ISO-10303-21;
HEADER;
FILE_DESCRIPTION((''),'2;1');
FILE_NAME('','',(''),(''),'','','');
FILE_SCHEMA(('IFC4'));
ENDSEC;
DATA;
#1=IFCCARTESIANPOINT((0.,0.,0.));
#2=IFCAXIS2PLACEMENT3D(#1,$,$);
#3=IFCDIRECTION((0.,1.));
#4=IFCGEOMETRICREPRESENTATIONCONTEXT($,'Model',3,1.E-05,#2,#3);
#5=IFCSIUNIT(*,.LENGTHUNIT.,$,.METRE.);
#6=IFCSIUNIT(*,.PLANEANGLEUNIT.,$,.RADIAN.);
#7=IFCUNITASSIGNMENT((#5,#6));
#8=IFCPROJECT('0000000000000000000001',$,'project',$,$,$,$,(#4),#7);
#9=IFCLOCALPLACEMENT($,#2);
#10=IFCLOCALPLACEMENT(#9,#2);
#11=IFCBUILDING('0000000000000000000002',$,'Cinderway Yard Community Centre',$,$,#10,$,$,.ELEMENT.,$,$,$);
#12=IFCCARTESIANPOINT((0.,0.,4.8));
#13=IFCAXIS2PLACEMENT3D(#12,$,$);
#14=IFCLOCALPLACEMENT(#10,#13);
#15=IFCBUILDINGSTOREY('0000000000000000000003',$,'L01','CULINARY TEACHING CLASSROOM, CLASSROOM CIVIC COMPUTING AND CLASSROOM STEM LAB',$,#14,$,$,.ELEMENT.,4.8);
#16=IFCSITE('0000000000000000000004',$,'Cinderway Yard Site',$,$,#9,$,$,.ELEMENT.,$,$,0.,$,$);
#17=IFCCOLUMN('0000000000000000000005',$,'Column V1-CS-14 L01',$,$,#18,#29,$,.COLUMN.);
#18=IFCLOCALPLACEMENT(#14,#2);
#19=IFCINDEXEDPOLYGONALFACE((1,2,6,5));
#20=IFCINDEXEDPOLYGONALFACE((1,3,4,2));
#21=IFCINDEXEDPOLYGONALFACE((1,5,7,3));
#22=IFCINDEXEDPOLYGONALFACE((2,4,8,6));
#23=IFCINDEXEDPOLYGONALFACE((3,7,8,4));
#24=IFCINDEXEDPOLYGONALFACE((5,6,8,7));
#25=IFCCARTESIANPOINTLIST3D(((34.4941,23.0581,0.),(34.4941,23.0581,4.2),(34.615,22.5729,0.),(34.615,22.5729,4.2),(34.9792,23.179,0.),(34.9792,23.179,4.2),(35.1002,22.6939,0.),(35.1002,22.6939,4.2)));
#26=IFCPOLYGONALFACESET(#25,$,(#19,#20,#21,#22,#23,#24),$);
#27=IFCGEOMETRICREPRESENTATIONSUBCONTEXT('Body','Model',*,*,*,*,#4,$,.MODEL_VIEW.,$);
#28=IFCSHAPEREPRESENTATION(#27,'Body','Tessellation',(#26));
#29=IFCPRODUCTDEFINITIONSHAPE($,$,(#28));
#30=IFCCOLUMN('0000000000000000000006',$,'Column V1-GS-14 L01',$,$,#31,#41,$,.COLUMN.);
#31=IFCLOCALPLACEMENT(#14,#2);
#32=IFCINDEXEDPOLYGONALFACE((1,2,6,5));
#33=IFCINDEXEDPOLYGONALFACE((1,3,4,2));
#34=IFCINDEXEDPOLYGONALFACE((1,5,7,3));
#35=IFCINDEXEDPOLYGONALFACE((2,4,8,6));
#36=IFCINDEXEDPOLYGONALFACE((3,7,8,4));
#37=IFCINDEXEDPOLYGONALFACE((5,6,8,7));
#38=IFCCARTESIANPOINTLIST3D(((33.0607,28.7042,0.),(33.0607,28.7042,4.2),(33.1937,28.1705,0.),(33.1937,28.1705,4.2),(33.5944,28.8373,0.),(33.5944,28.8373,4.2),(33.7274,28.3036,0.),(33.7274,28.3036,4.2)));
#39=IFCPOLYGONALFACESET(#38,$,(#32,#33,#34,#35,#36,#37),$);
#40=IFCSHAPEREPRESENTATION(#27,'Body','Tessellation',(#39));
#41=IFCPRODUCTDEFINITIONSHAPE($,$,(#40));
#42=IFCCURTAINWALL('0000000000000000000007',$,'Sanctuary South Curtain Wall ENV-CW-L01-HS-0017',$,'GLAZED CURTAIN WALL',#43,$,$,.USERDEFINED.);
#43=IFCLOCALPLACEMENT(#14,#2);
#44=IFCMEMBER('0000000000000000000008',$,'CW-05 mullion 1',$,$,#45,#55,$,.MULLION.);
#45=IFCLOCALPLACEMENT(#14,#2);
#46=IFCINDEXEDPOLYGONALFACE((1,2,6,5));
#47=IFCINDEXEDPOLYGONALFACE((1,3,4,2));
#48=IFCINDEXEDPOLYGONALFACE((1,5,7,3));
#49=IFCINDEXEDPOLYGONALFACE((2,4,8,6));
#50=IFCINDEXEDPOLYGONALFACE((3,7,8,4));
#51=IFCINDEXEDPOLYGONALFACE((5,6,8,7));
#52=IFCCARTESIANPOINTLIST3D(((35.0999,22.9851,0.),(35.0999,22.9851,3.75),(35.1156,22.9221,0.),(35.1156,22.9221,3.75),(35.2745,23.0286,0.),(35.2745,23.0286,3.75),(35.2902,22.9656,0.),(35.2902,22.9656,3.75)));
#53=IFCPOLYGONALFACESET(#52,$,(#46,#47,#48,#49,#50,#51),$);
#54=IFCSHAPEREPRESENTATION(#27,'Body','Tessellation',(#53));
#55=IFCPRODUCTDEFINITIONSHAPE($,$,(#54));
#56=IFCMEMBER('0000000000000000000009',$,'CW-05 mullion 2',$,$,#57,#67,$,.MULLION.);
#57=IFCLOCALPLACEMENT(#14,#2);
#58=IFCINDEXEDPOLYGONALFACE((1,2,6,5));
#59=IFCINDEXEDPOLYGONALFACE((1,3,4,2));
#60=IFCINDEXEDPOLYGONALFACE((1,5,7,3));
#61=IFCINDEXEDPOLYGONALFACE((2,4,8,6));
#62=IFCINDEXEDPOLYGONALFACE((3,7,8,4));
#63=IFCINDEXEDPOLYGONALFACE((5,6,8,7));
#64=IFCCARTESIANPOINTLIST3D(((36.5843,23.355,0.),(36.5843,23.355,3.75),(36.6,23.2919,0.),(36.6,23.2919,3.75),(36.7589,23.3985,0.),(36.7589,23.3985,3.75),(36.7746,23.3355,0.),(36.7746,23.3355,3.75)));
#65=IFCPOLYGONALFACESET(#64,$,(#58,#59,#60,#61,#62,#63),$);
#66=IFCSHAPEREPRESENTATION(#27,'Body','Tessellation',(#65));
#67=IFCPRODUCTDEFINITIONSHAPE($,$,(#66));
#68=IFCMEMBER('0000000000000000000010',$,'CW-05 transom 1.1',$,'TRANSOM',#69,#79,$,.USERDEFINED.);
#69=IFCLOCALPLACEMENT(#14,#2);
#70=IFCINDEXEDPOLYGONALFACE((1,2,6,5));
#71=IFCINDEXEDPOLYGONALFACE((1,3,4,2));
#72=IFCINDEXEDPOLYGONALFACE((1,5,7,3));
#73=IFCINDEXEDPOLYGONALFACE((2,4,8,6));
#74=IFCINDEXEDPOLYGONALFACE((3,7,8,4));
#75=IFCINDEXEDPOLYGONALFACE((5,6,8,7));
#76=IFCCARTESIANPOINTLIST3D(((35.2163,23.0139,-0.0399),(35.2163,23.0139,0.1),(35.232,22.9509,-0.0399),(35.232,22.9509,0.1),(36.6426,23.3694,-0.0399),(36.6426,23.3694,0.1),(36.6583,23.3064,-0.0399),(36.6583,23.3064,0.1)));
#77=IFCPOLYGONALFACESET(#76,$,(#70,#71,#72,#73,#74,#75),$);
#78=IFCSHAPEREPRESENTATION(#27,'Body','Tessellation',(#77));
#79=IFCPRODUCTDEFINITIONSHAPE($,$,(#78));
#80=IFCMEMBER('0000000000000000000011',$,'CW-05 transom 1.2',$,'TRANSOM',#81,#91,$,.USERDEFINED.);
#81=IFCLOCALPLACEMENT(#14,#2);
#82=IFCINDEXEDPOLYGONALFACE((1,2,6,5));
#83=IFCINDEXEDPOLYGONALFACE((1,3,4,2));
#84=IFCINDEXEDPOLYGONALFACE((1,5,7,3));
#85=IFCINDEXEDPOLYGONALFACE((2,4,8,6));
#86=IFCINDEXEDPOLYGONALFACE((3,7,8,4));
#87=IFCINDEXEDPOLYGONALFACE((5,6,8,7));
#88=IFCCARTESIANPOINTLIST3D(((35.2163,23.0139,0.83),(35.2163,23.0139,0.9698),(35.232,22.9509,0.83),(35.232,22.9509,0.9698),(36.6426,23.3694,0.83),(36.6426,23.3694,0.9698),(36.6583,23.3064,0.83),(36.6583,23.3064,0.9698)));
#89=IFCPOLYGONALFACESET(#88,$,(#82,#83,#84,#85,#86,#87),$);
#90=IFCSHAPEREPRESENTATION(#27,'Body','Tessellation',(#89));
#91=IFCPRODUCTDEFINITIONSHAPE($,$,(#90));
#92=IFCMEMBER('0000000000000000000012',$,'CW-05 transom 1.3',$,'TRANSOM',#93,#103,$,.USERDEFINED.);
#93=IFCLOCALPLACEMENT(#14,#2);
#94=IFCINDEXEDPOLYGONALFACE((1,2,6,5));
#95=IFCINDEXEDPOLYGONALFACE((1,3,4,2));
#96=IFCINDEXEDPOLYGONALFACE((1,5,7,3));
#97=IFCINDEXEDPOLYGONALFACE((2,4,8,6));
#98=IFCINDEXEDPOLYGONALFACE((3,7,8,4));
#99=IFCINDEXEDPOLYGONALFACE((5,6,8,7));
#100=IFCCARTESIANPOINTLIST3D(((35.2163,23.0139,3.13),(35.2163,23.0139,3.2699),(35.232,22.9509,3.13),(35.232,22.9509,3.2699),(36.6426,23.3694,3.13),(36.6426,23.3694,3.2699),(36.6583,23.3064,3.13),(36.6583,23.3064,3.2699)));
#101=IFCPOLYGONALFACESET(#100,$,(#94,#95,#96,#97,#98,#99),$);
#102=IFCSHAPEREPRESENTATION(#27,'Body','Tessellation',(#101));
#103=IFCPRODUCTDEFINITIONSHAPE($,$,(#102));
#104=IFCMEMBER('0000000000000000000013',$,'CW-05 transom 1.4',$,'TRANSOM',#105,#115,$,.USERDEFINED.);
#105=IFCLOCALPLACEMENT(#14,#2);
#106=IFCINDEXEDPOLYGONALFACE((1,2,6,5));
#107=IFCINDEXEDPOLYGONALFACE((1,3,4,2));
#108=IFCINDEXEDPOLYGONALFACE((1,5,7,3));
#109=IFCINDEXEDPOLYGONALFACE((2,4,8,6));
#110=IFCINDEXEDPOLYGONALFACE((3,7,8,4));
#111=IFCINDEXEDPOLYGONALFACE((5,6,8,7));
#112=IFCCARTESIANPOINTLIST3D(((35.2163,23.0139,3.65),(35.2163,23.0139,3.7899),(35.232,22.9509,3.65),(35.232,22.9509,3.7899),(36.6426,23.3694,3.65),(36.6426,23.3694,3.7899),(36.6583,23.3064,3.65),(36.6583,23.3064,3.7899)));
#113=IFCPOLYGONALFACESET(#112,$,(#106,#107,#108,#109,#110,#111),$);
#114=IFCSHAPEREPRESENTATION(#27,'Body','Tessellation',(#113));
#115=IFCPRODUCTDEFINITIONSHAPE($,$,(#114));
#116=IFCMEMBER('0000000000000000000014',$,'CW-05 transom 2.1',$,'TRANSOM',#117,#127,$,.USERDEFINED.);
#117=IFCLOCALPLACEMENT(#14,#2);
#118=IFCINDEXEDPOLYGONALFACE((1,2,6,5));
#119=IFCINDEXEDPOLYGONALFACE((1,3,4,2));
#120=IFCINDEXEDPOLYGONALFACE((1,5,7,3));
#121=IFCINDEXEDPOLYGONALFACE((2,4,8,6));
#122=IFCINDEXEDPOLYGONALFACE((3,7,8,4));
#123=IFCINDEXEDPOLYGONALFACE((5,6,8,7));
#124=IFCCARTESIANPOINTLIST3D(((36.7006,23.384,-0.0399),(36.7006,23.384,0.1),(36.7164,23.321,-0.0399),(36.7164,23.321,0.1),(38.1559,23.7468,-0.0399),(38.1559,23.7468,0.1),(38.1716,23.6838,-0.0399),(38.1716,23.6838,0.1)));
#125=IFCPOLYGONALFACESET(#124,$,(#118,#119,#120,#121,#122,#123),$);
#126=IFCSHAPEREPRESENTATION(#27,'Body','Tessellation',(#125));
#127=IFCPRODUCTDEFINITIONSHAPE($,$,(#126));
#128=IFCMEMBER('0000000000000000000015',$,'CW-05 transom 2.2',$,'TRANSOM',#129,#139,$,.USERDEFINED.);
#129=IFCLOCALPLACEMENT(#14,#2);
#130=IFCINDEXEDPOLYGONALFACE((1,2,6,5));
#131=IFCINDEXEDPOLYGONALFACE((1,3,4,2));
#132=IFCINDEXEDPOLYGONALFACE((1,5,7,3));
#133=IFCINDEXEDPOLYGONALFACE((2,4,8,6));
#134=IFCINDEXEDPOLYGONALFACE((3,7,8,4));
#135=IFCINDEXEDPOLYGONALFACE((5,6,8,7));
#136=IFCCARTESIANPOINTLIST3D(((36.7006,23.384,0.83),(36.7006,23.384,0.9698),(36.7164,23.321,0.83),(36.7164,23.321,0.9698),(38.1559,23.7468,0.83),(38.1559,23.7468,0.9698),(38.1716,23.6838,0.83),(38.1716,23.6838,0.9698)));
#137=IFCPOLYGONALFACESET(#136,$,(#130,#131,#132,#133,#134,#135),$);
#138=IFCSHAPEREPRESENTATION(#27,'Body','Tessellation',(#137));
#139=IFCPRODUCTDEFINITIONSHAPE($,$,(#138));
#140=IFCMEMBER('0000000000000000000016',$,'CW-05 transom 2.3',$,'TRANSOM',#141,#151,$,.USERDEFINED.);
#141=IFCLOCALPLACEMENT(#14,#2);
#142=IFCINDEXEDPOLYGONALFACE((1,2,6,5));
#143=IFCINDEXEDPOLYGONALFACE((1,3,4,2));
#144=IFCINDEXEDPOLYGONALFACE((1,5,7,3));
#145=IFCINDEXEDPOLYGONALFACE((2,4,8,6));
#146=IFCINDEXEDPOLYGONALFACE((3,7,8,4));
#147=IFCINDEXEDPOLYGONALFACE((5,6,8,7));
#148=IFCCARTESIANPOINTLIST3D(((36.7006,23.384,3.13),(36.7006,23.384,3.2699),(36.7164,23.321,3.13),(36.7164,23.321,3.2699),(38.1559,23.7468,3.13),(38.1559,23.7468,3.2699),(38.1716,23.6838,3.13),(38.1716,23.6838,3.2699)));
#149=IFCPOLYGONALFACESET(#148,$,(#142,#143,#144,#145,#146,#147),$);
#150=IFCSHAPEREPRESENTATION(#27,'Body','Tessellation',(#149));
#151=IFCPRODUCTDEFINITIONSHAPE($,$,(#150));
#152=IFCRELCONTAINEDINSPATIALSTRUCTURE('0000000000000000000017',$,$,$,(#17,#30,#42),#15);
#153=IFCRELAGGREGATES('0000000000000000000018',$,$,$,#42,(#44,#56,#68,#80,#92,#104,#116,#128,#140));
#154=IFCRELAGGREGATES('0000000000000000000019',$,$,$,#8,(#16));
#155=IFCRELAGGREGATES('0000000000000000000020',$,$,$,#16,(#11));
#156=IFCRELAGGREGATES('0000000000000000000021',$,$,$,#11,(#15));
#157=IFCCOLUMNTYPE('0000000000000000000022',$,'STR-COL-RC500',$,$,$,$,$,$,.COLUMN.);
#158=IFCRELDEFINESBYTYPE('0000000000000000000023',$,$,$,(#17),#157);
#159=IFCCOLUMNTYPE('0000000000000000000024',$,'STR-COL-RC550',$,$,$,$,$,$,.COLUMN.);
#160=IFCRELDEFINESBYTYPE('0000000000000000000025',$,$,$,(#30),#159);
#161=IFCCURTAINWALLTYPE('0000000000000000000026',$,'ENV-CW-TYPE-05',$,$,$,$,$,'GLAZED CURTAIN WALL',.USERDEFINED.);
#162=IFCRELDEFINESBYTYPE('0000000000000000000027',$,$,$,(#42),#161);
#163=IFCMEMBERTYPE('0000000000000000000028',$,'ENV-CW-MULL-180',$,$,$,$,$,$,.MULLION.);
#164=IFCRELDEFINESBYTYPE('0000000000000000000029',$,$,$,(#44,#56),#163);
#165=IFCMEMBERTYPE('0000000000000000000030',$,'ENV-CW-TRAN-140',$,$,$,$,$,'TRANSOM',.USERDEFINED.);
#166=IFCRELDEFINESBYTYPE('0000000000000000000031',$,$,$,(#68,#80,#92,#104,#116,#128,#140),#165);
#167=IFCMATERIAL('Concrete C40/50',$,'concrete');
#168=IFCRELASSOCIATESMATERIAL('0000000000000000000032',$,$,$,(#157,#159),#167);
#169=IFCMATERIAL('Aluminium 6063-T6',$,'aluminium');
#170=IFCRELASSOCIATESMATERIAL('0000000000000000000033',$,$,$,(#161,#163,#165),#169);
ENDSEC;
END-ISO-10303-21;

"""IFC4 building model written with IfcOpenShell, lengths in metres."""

from ifc_helpers import new_model, si_unit, direction, frame, origin, origin_2d, place, context, subcontext, project, spatial, rectangle, extrude, material, material_profile, profile_set, type_object, element, aggregate, save


model = new_model("IFC4")

# Units and contexts
model_context = context("Model", 3, precision=1e-05, world=origin(), true_north=direction((0.0, 1.0)))
body_context = subcontext(model_context, "Body", "Model", "MODEL_VIEW")
ifc_project = project(units=[si_unit("LENGTHUNIT", "METRE"), si_unit("PLANEANGLEUNIT", "RADIAN")], contexts=[model_context])

# Site, building, storey
site_placement = place(None, origin())
site = spatial("IfcSite", under=ifc_project, at=site_placement, Name="Cinderway Yard Site", CompositionType="ELEMENT", RefElevation=0.0)
building_placement = place(site_placement, origin())
building = spatial("IfcBuilding", under=site, at=building_placement, Name="Cinderway Yard Community Centre", CompositionType="ELEMENT")
storey_placement = place(building_placement, frame((0.0, 0.0, 4.8)))
storey = spatial("IfcBuildingStorey", under=building, at=storey_placement, Name="L01", Description="CULINARY TEACHING CLASSROOM, CLASSROOM CIVIC COMPUTING AND CLASSROOM STEM LAB", CompositionType="ELEMENT", Elevation=4.8)

# Columns
ifc_material_1 = material(Name="Concrete C40/50", Category="concrete")
ifc_material_profile_1 = material_profile(ifc_material_1, rectangle(XDim=0.5, YDim=0.5, at=origin_2d()), Name="Concrete C40/50")
ifc_profile_set_1 = profile_set([ifc_material_profile_1], Name="Concrete C40/50")
column_type_1 = type_object("IfcColumnType", Name="STR-COL-RC500", PredefinedType="COLUMN", material=ifc_profile_set_1)
column_1_placement = place(storey_placement, frame((34.7971, 22.876, 0.0), z_axis=(0.0, 0.0, 1.0), x_axis=(0.970296, 0.241922, 0.0)))
element("IfcColumn", 1, at=column_1_placement, inside=storey, type_object=column_type_1, Name="Column V1-CS-14 L01", PredefinedType="COLUMN", context=body_context, shape_type="SweptSolid", body=[
    extrude(rectangle(XDim=0.5, YDim=0.5, at=origin_2d()), origin(), (0.0, 0.0, 1.0), 4.2),
])
ifc_material_profile_2 = material_profile(ifc_material_1, rectangle(XDim=0.55, YDim=0.55, at=origin_2d()), Name="Concrete C40/50")
ifc_profile_set_2 = profile_set([ifc_material_profile_2], Name="Concrete C40/50")
column_type_2 = type_object("IfcColumnType", Name="STR-COL-RC550", PredefinedType="COLUMN", material=ifc_profile_set_2)
column_2_placement = place(storey_placement, frame((33.394, 28.5039, 0.0), z_axis=(0.0, 0.0, 1.0), x_axis=(0.970296, 0.241922, 0.0)))
element("IfcColumn", 2, at=column_2_placement, inside=storey, type_object=column_type_2, Name="Column V1-GS-14 L01", PredefinedType="COLUMN", context=body_context, shape_type="SweptSolid", body=[
    extrude(rectangle(XDim=0.55, YDim=0.55, at=origin_2d()), origin(), (0.0, 0.0, 1.0), 4.2),
])

# Curtain wall, members
ifc_material_2 = material(Name="Aluminium 6063-T6", Category="aluminium")
curtain_wall_type = type_object("IfcCurtainWallType", Name="ENV-CW-TYPE-05", ElementType="GLAZED CURTAIN WALL", PredefinedType="USERDEFINED", material=ifc_material_2)
curtain_wall_placement = place(storey_placement, origin())
curtain_wall = element("IfcCurtainWall", 3, at=curtain_wall_placement, inside=storey, type_object=curtain_wall_type, Name="Sanctuary South Curtain Wall ENV-CW-L01-HS-0017", ObjectType="GLAZED CURTAIN WALL", PredefinedType="USERDEFINED")
ifc_material_profile_3 = material_profile(ifc_material_2, rectangle(XDim=0.0649, YDim=0.1799, at=origin_2d()), Name="Aluminium 6063-T6")
ifc_profile_set_3 = profile_set([ifc_material_profile_3], Name="Aluminium 6063-T6")
member_type_1 = type_object("IfcMemberType", Name="ENV-CW-MULL-180", PredefinedType="MULLION", material=ifc_profile_set_3)
member_1_placement = place(storey_placement, frame((35.1951, 22.9753, 0.0), z_axis=(0.0, 0.0, 1.0), x_axis=(-0.241857, 0.970312, 0.0)))
member_1 = element("IfcMember", 4, at=member_1_placement, type_object=member_type_1, Name="CW-05 mullion 1", PredefinedType="MULLION", context=body_context, shape_type="SweptSolid", body=[
    extrude(rectangle(XDim=0.0649, YDim=0.1799, at=origin_2d()), origin(), (0.0, 0.0, 1.0), 3.75),
])
member_2_placement = place(storey_placement, frame((36.6794, 23.3452, 0.0), z_axis=(0.0, 0.0, 1.0), x_axis=(-0.241857, 0.970312, 0.0)))
member_2 = element("IfcMember", 5, at=member_2_placement, type_object=member_type_1, Name="CW-05 mullion 2", PredefinedType="MULLION", context=body_context, shape_type="SweptSolid", body=[
    extrude(rectangle(XDim=0.0649, YDim=0.1799, at=origin_2d()), origin(), (0.0, 0.0, 1.0), 3.75),
])
ifc_material_profile_4 = material_profile(ifc_material_2, rectangle(XDim=0.0649, YDim=0.1399, at=origin_2d()), Name="Aluminium 6063-T6")
ifc_profile_set_4 = profile_set([ifc_material_profile_4], Name="Aluminium 6063-T6")
member_type_2 = type_object("IfcMemberType", Name="ENV-CW-TRAN-140", ElementType="TRANSOM", PredefinedType="USERDEFINED", material=ifc_profile_set_4)
member_3_placement = place(storey_placement, frame((35.2241, 22.9824, 0.03), z_axis=(0.970318, 0.241832, 0.0), x_axis=(-0.241832, 0.970318, 0.0)))
member_3 = element("IfcMember", 6, at=member_3_placement, type_object=member_type_2, Name="CW-05 transom 1.1", ObjectType="TRANSOM", PredefinedType="USERDEFINED", context=body_context, shape_type="SweptSolid", body=[
    extrude(rectangle(XDim=0.0649, YDim=0.1399, at=origin_2d()), origin(), (0.0, 0.0, 1.0), 1.47),
])
member_4_placement = place(storey_placement, frame((35.2241, 22.9824, 0.8999), z_axis=(0.970318, 0.241832, 0.0), x_axis=(-0.241832, 0.970318, 0.0)))
member_4 = element("IfcMember", 7, at=member_4_placement, type_object=member_type_2, Name="CW-05 transom 1.2", ObjectType="TRANSOM", PredefinedType="USERDEFINED", context=body_context, shape_type="SweptSolid", body=[
    extrude(rectangle(XDim=0.0649, YDim=0.1399, at=origin_2d()), origin(), (0.0, 0.0, 1.0), 1.47),
])
member_5_placement = place(storey_placement, frame((35.2241, 22.9824, 3.2), z_axis=(0.970318, 0.241832, 0.0), x_axis=(-0.241832, 0.970318, 0.0)))
member_5 = element("IfcMember", 8, at=member_5_placement, type_object=member_type_2, Name="CW-05 transom 1.3", ObjectType="TRANSOM", PredefinedType="USERDEFINED", context=body_context, shape_type="SweptSolid", body=[
    extrude(rectangle(XDim=0.0649, YDim=0.1399, at=origin_2d()), origin(), (0.0, 0.0, 1.0), 1.47),
])
member_6_placement = place(storey_placement, frame((35.2241, 22.9824, 3.72), z_axis=(0.970318, 0.241832, 0.0), x_axis=(-0.241832, 0.970318, 0.0)))
member_6 = element("IfcMember", 9, at=member_6_placement, type_object=member_type_2, Name="CW-05 transom 1.4", ObjectType="TRANSOM", PredefinedType="USERDEFINED", context=body_context, shape_type="SweptSolid", body=[
    extrude(rectangle(XDim=0.0649, YDim=0.1399, at=origin_2d()), origin(), (0.0, 0.0, 1.0), 1.47),
])
member_7_placement = place(storey_placement, frame((36.7085, 23.3525, 0.03), z_axis=(0.970305, 0.241884, 0.0), x_axis=(-0.241884, 0.970305, 0.0)))
member_7 = element("IfcMember", 10, at=member_7_placement, type_object=member_type_2, Name="CW-05 transom 2.1", ObjectType="TRANSOM", PredefinedType="USERDEFINED", context=body_context, shape_type="SweptSolid", body=[
    extrude(rectangle(XDim=0.0649, YDim=0.1399, at=origin_2d()), origin(), (0.0, 0.0, 1.0), 1.4998),
])
member_8_placement = place(storey_placement, frame((36.7085, 23.3525, 0.8999), z_axis=(0.970305, 0.241884, 0.0), x_axis=(-0.241884, 0.970305, 0.0)))
member_8 = element("IfcMember", 11, at=member_8_placement, type_object=member_type_2, Name="CW-05 transom 2.2", ObjectType="TRANSOM", PredefinedType="USERDEFINED", context=body_context, shape_type="SweptSolid", body=[
    extrude(rectangle(XDim=0.0649, YDim=0.1399, at=origin_2d()), origin(), (0.0, 0.0, 1.0), 1.4998),
])
member_9_placement = place(storey_placement, frame((36.7085, 23.3525, 3.2), z_axis=(0.970305, 0.241884, 0.0), x_axis=(-0.241884, 0.970305, 0.0)))
member_9 = element("IfcMember", 12, at=member_9_placement, type_object=member_type_2, Name="CW-05 transom 2.3", ObjectType="TRANSOM", PredefinedType="USERDEFINED", context=body_context, shape_type="SweptSolid", body=[
    extrude(rectangle(XDim=0.0649, YDim=0.1399, at=origin_2d()), origin(), (0.0, 0.0, 1.0), 1.4998),
])

aggregate(curtain_wall, [member_1, member_2, member_3, member_4, member_5, member_6, member_7, member_8, member_9])

save(model, "model.ifc")
